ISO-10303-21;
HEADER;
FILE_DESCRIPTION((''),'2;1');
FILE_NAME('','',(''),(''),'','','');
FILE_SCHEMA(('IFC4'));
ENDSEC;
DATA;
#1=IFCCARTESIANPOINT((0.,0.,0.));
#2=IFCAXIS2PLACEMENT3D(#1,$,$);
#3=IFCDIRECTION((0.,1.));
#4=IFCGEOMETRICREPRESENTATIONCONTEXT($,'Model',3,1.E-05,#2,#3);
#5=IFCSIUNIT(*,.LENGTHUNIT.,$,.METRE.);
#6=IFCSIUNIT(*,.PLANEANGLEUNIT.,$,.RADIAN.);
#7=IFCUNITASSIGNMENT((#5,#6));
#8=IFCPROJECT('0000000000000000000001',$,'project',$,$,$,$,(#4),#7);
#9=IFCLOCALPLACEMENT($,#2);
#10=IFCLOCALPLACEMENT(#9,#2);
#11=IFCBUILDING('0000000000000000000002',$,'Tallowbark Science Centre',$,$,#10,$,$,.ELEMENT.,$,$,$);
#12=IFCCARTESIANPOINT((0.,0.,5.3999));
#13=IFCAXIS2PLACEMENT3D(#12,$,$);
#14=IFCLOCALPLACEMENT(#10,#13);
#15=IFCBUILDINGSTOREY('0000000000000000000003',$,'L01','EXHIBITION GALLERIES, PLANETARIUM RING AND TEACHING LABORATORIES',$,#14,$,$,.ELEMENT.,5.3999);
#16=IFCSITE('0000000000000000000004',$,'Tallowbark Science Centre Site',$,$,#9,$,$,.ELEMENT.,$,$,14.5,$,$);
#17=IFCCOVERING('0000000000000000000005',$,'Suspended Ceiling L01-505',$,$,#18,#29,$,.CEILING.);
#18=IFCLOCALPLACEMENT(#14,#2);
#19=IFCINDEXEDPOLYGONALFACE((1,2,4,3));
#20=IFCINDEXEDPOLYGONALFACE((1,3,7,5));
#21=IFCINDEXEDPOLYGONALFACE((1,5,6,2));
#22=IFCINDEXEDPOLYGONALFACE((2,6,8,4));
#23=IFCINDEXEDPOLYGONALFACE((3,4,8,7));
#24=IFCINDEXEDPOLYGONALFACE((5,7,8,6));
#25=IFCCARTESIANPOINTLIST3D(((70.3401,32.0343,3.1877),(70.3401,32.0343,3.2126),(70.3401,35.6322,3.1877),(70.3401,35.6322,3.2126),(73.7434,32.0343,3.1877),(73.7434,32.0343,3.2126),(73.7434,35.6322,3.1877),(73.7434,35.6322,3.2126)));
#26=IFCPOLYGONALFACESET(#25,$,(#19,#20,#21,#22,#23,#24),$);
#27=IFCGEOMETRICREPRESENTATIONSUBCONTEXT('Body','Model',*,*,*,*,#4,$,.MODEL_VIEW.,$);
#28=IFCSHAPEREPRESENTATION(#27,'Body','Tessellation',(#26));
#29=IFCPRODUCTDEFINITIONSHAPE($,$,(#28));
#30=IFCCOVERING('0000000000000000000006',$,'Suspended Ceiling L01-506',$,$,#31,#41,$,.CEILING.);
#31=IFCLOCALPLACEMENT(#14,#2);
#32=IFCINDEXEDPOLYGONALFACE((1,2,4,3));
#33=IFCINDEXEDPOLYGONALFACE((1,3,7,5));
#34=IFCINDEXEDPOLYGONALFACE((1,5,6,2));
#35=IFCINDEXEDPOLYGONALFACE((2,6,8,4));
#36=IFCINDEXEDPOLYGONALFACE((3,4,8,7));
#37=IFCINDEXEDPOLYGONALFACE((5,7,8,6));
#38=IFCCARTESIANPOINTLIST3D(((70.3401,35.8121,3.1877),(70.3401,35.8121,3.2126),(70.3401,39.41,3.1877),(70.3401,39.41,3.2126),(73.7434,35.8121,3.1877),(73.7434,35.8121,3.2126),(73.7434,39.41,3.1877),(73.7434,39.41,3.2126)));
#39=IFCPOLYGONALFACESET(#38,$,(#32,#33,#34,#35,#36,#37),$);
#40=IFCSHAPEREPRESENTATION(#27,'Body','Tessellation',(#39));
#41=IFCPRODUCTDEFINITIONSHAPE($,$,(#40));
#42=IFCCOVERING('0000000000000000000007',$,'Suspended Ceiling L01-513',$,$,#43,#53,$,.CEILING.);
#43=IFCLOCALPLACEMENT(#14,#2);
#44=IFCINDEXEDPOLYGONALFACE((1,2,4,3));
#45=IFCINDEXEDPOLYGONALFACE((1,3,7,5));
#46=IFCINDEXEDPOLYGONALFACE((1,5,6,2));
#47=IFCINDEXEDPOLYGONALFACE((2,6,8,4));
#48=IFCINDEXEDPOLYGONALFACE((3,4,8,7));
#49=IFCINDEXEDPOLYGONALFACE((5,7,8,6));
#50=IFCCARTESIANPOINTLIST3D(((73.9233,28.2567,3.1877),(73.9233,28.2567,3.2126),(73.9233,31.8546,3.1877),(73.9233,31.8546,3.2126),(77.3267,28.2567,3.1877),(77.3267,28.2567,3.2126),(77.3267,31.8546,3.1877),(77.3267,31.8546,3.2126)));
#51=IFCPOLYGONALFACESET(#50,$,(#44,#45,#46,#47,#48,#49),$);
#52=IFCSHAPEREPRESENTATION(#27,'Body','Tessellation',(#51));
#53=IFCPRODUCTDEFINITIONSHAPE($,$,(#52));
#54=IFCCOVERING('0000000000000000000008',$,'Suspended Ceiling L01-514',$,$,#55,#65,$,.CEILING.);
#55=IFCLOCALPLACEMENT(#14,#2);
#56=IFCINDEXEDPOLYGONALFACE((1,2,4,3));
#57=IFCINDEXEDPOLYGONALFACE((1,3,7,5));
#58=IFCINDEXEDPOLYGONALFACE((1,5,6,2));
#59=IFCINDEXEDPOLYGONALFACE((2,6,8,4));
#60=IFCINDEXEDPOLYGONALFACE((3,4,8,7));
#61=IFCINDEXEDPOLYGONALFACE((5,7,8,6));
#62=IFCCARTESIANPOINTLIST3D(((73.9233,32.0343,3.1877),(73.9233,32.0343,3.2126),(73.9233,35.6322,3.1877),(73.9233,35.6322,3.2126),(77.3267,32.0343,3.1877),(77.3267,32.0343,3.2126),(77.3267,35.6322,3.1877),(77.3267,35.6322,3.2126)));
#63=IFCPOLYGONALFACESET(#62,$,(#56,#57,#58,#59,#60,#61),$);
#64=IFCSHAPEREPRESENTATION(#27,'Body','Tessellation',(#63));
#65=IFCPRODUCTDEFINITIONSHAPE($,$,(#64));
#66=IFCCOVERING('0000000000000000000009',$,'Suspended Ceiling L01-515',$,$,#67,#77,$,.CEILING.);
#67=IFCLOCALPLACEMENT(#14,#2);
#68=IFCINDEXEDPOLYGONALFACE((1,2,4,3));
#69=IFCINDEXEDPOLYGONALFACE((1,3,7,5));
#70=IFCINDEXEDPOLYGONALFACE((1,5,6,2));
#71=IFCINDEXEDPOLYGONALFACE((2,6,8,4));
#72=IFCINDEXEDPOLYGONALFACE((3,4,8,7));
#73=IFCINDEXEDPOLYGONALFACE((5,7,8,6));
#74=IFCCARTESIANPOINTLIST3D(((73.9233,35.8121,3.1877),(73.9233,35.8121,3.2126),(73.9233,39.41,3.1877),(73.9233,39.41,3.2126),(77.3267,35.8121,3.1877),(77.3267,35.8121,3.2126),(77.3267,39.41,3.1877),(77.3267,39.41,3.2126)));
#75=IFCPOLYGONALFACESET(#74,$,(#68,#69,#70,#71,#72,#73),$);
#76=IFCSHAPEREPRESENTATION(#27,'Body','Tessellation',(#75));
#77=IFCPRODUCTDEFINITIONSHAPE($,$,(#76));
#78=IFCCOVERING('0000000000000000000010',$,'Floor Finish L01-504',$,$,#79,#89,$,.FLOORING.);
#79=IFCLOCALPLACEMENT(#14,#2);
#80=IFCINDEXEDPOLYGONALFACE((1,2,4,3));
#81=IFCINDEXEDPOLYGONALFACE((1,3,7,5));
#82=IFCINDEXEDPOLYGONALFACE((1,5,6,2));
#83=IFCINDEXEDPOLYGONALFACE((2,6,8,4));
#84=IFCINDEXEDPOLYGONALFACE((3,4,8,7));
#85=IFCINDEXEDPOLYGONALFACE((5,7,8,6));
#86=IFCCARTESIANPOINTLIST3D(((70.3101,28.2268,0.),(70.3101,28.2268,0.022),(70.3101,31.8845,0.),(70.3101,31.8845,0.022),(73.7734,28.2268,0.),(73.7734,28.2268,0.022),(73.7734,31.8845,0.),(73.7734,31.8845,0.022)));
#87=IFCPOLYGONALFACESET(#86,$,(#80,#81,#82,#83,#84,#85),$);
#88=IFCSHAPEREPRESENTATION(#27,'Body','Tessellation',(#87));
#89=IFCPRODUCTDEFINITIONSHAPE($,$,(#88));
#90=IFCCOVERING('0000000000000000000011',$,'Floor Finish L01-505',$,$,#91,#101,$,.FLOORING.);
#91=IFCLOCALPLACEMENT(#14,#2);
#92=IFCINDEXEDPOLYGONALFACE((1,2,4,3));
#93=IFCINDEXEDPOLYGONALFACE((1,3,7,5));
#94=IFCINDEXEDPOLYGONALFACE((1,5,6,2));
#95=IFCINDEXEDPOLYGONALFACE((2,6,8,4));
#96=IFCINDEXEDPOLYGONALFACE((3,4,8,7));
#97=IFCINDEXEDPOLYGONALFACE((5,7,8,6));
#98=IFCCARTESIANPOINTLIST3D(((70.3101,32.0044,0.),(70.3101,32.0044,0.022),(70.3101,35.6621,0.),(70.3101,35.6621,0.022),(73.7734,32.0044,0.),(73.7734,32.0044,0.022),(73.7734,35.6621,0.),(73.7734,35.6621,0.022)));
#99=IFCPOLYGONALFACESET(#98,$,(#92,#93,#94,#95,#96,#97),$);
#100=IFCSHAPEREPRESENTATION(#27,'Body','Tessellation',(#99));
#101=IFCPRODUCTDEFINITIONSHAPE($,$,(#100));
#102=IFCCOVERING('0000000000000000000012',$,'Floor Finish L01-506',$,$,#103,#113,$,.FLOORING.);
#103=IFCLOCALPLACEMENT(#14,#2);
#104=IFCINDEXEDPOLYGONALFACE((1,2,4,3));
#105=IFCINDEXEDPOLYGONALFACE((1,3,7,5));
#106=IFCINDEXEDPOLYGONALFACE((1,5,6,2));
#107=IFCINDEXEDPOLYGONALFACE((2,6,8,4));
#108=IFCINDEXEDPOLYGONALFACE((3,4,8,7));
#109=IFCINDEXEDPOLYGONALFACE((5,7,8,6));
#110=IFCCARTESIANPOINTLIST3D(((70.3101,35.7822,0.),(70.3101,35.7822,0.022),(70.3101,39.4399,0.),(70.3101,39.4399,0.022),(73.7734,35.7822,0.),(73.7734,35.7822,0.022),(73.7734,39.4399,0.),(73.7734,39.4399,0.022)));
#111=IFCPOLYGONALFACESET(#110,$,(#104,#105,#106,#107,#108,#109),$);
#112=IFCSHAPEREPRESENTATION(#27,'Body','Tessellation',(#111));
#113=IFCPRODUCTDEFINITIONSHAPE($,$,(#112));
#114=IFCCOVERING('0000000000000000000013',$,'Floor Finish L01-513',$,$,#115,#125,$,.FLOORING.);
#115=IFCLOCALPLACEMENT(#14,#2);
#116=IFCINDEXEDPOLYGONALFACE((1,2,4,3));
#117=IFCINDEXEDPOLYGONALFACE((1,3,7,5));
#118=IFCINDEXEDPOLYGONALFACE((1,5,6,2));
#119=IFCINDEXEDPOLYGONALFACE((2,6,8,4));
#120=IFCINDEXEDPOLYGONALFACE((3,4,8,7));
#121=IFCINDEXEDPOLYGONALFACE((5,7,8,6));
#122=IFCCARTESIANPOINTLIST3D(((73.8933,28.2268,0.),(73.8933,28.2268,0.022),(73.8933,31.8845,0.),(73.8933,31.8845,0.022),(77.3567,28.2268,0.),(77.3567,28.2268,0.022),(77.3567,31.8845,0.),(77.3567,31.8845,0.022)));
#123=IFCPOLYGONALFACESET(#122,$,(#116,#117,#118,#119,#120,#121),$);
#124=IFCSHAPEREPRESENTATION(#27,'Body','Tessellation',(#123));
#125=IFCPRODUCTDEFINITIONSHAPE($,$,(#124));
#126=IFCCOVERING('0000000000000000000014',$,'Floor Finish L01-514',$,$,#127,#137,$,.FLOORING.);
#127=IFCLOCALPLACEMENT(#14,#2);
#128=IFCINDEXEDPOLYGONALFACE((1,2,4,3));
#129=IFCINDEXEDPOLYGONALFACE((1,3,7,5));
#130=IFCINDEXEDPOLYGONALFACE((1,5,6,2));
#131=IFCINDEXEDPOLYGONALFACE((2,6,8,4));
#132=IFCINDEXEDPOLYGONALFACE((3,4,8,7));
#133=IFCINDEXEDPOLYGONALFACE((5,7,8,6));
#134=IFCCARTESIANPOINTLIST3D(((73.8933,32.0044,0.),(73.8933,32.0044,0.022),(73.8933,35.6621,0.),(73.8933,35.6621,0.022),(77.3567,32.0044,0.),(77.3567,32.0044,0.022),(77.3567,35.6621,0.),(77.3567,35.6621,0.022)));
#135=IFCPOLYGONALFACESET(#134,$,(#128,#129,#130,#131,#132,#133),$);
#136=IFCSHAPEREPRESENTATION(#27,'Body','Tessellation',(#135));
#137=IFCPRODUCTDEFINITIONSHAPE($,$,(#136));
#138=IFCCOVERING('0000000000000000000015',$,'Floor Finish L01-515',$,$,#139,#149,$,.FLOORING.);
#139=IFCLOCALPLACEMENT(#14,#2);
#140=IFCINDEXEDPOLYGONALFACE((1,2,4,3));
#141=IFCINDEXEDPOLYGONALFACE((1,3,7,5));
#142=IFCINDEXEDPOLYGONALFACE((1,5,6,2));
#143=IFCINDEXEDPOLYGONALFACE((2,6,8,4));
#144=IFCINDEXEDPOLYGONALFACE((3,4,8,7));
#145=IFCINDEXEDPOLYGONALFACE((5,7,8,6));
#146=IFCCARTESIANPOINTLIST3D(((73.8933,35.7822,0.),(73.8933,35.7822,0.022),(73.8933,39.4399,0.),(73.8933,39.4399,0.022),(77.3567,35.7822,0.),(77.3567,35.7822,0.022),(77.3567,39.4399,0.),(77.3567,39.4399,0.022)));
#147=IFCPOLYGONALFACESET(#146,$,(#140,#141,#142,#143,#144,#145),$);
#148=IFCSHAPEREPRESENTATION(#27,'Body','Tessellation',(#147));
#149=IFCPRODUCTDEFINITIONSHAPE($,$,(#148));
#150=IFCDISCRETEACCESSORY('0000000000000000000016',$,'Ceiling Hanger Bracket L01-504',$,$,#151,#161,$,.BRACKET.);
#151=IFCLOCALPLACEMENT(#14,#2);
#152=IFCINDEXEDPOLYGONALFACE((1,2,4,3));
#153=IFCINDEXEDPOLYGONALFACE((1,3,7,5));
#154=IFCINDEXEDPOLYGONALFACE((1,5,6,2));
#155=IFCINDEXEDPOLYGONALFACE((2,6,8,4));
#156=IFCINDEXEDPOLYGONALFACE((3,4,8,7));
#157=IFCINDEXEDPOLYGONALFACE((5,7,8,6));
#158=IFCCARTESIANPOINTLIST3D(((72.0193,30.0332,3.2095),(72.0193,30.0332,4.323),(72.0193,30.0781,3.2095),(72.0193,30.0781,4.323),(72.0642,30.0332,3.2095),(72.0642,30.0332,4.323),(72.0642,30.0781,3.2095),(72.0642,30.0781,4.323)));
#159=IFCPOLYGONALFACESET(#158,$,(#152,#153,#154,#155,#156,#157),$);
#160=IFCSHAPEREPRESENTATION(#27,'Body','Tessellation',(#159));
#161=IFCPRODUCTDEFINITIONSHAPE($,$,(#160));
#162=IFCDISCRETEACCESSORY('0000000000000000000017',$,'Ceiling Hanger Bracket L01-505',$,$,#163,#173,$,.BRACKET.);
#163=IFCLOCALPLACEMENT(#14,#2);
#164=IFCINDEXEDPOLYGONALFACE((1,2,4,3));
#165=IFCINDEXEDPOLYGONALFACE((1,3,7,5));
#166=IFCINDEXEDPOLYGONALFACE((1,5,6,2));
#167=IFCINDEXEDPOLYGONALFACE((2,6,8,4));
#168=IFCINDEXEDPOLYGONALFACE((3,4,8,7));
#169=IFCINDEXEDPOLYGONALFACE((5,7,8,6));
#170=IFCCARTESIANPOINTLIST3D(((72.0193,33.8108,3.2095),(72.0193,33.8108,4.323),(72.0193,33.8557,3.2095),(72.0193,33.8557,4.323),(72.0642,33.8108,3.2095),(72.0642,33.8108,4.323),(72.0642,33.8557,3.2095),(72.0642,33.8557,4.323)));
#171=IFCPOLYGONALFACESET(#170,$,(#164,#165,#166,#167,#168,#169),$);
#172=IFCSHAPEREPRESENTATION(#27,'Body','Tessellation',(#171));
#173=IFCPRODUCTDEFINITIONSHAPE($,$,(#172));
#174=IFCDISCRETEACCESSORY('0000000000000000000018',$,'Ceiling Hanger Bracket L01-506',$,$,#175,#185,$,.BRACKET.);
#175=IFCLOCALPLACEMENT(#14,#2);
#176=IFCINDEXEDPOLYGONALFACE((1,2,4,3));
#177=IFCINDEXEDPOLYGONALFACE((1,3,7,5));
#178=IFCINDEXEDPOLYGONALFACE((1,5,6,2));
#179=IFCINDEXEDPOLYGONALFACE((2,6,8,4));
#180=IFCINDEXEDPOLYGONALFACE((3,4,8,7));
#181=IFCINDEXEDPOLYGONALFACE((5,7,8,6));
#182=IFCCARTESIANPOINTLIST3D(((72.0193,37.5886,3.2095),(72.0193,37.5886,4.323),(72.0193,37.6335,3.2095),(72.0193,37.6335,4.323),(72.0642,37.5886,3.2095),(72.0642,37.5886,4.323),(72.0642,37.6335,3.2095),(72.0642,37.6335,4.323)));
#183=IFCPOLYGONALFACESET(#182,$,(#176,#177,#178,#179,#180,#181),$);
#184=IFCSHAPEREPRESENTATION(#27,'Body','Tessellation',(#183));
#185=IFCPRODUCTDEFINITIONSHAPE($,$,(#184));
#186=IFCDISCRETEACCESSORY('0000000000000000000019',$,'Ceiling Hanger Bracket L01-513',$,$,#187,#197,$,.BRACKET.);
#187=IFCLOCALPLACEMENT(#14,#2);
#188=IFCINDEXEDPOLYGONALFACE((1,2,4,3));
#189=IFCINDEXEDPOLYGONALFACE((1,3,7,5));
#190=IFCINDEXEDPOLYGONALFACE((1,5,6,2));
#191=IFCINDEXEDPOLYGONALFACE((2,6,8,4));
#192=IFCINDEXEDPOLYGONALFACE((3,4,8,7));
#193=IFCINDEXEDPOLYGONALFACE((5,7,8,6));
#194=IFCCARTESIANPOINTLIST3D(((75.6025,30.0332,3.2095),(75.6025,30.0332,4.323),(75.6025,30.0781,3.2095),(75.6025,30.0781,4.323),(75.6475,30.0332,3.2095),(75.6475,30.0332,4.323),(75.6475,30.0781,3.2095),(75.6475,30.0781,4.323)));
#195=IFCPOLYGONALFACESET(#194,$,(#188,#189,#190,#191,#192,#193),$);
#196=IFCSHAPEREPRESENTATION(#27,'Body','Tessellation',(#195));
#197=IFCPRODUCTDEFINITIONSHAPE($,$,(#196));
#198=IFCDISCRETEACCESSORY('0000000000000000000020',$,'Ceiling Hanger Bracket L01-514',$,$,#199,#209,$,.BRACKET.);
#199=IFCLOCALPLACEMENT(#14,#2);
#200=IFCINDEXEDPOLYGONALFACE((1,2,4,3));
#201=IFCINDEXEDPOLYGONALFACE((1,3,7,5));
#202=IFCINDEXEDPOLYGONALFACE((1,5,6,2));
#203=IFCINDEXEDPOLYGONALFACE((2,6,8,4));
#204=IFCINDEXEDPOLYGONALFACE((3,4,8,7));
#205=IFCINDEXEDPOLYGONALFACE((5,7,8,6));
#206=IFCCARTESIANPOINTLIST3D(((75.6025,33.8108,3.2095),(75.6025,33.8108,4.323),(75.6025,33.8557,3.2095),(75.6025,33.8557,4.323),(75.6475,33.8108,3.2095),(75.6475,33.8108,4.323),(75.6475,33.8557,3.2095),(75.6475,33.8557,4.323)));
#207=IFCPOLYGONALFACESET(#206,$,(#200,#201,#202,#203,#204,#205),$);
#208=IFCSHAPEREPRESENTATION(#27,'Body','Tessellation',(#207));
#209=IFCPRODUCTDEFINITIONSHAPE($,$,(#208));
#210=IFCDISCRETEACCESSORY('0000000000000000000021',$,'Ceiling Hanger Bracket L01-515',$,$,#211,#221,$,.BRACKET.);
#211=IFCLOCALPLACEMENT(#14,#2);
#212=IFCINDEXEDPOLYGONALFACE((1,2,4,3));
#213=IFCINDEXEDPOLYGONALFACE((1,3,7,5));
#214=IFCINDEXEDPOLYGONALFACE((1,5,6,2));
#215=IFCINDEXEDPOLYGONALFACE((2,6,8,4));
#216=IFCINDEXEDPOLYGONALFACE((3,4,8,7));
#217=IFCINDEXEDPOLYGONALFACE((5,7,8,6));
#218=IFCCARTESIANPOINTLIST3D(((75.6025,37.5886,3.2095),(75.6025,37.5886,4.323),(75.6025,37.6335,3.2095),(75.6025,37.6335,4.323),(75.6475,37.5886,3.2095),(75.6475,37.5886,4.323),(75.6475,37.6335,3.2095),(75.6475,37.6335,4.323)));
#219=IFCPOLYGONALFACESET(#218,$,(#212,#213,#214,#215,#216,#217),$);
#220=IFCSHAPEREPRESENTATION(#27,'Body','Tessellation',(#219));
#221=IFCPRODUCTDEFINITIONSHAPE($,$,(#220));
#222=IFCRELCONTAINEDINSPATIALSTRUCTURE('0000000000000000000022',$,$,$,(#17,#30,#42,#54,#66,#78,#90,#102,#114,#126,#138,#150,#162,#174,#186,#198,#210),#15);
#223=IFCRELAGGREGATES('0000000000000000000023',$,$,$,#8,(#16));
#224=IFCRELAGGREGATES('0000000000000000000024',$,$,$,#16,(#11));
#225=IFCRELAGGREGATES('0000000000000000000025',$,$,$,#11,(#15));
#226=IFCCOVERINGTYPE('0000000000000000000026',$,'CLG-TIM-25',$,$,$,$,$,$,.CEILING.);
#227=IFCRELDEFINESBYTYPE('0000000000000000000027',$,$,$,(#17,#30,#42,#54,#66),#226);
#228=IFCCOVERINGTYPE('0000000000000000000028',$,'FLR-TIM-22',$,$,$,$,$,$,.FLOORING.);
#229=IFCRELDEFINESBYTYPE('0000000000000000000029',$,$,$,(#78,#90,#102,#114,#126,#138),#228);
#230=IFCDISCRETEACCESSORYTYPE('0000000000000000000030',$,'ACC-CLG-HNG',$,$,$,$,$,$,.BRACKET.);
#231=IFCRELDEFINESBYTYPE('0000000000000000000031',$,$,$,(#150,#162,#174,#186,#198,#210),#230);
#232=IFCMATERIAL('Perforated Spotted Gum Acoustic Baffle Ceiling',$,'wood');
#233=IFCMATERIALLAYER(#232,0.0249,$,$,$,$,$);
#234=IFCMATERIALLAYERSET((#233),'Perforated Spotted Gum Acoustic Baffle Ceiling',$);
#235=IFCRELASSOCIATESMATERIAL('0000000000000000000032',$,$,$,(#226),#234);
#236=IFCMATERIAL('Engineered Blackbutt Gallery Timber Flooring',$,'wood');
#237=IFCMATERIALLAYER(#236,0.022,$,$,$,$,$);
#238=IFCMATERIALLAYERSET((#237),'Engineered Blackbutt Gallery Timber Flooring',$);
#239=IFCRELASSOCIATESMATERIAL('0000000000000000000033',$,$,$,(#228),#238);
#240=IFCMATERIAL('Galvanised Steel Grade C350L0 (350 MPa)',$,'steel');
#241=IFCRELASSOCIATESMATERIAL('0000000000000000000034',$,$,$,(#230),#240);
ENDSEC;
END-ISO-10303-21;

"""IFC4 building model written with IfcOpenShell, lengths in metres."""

from ifc_helpers import new_model, si_unit, direction, frame, origin, origin_2d, place, context, subcontext, project, spatial, rectangle, extrude, material, layer, layer_set, type_object, element, save


model = new_model("IFC4")

# Units and contexts
model_context = context("Model", 3, precision=1e-05, world=origin(), true_north=direction((0.0, 1.0)))
body_context = subcontext(model_context, "Body", "Model", "MODEL_VIEW")
ifc_project = project(units=[si_unit("LENGTHUNIT", "METRE"), si_unit("PLANEANGLEUNIT", "RADIAN")], contexts=[model_context])

# Site, building, storey
site_placement = place(None, origin())
site = spatial("IfcSite", under=ifc_project, at=site_placement, Name="Tallowbark Science Centre Site", CompositionType="ELEMENT", RefElevation=14.5)
building_placement = place(site_placement, origin())
building = spatial("IfcBuilding", under=site, at=building_placement, Name="Tallowbark Science Centre", CompositionType="ELEMENT")
storey_placement = place(building_placement, frame((0.0, 0.0, 5.3999)))
storey = spatial("IfcBuildingStorey", under=building, at=storey_placement, Name="L01", Description="EXHIBITION GALLERIES, PLANETARIUM RING AND TEACHING LABORATORIES", CompositionType="ELEMENT", Elevation=5.3999)

# Coverings
ifc_material_1 = material(Name="Perforated Spotted Gum Acoustic Baffle Ceiling", Category="wood")
ifc_layer_1 = layer(ifc_material_1, 0.0249)
ifc_layer_set_1 = layer_set([ifc_layer_1], Name="Perforated Spotted Gum Acoustic Baffle Ceiling")
covering_type_1 = type_object("IfcCoveringType", Name="CLG-TIM-25", PredefinedType="CEILING", material=ifc_layer_set_1)
for number, where, z_axis, x_axis, name in (
    (1, (72.0417, 33.8333, 3.1877), (0.0, 0.0, 1.0), (1.0, 0.0, 0.0), "Suspended Ceiling L01-505"),
    (2, (72.0417, 37.6111, 3.1877), (0.0, 0.0, 1.0), (1.0, 0.0, 0.0), "Suspended Ceiling L01-506"),
    (3, (75.625, 30.0557, 3.1877), (0.0, 0.0, 1.0), (1.0, 0.0, 0.0), "Suspended Ceiling L01-513"),
    (4, (75.625, 33.8333, 3.1877), (0.0, 0.0, 1.0), (1.0, 0.0, 0.0), "Suspended Ceiling L01-514"),
    (5, (75.625, 37.6111, 3.1877), (0.0, 0.0, 1.0), (1.0, 0.0, 0.0), "Suspended Ceiling L01-515"),
):
    element("IfcCovering", number, at=place(storey_placement, frame(where, z_axis=z_axis, x_axis=x_axis)), inside=storey, type_object=covering_type_1, Name=name, PredefinedType="CEILING", context=body_context, shape_type="SweptSolid", body=[
        extrude(rectangle(XDim=3.4033, YDim=3.5979, at=origin_2d()), origin(), (0.0, 0.0, 1.0), 0.0249),
    ])
ifc_material_2 = material(Name="Engineered Blackbutt Gallery Timber Flooring", Category="wood")
ifc_layer_2 = layer(ifc_material_2, 0.022)
ifc_layer_set_2 = layer_set([ifc_layer_2], Name="Engineered Blackbutt Gallery Timber Flooring")
covering_type_2 = type_object("IfcCoveringType", Name="FLR-TIM-22", PredefinedType="FLOORING", material=ifc_layer_set_2)
for number, where, z_axis, x_axis, name in (
    (6, (72.0417, 30.0557, 0.0), (0.0, 0.0, 1.0), (1.0, 0.0, 0.0), "Floor Finish L01-504"),
    (7, (72.0417, 33.8333, 0.0), (0.0, 0.0, 1.0), (1.0, 0.0, 0.0), "Floor Finish L01-505"),
    (8, (72.0417, 37.6111, 0.0), (0.0, 0.0, 1.0), (1.0, 0.0, 0.0), "Floor Finish L01-506"),
    (9, (75.625, 30.0557, 0.0), (0.0, 0.0, 1.0), (1.0, 0.0, 0.0), "Floor Finish L01-513"),
    (10, (75.625, 33.8333, 0.0), (0.0, 0.0, 1.0), (1.0, 0.0, 0.0), "Floor Finish L01-514"),
    (11, (75.625, 37.6111, 0.0), (0.0, 0.0, 1.0), (1.0, 0.0, 0.0), "Floor Finish L01-515"),
):
    element("IfcCovering", number, at=place(storey_placement, frame(where, z_axis=z_axis, x_axis=x_axis)), inside=storey, type_object=covering_type_2, Name=name, PredefinedType="FLOORING", context=body_context, shape_type="SweptSolid", body=[
        extrude(rectangle(XDim=3.4634, YDim=3.6577, at=origin_2d()), origin(), (0.0, 0.0, 1.0), 0.022),
    ])

# Discrete accessories
ifc_material_3 = material(Name="Galvanised Steel Grade C350L0 (350 MPa)", Category="steel")
discrete_accessory_type = type_object("IfcDiscreteAccessoryType", Name="ACC-CLG-HNG", PredefinedType="BRACKET", material=ifc_material_3)
for number, where, z_axis, x_axis, name in (
    (12, (72.0417, 30.0557, 3.2095), (0.0, 0.0, 1.0), (1.0, 0.0, 0.0), "Ceiling Hanger Bracket L01-504"),
    (13, (72.0417, 33.8333, 3.2095), (0.0, 0.0, 1.0), (1.0, 0.0, 0.0), "Ceiling Hanger Bracket L01-505"),
    (14, (72.0417, 37.6111, 3.2095), (0.0, 0.0, 1.0), (1.0, 0.0, 0.0), "Ceiling Hanger Bracket L01-506"),
    (15, (75.625, 30.0557, 3.2095), (0.0, 0.0, 1.0), (1.0, 0.0, 0.0), "Ceiling Hanger Bracket L01-513"),
    (16, (75.625, 33.8333, 3.2095), (0.0, 0.0, 1.0), (1.0, 0.0, 0.0), "Ceiling Hanger Bracket L01-514"),
    (17, (75.625, 37.6111, 3.2095), (0.0, 0.0, 1.0), (1.0, 0.0, 0.0), "Ceiling Hanger Bracket L01-515"),
):
    element("IfcDiscreteAccessory", number, at=place(storey_placement, frame(where, z_axis=z_axis, x_axis=x_axis)), inside=storey, type_object=discrete_accessory_type, Name=name, PredefinedType="BRACKET", context=body_context, shape_type="SweptSolid", body=[
        extrude(rectangle(XDim=0.0449, YDim=0.0449, at=origin_2d()), origin(), (0.0, 0.0, 1.0), 1.1135),
    ])

save(model, "model.ifc")
